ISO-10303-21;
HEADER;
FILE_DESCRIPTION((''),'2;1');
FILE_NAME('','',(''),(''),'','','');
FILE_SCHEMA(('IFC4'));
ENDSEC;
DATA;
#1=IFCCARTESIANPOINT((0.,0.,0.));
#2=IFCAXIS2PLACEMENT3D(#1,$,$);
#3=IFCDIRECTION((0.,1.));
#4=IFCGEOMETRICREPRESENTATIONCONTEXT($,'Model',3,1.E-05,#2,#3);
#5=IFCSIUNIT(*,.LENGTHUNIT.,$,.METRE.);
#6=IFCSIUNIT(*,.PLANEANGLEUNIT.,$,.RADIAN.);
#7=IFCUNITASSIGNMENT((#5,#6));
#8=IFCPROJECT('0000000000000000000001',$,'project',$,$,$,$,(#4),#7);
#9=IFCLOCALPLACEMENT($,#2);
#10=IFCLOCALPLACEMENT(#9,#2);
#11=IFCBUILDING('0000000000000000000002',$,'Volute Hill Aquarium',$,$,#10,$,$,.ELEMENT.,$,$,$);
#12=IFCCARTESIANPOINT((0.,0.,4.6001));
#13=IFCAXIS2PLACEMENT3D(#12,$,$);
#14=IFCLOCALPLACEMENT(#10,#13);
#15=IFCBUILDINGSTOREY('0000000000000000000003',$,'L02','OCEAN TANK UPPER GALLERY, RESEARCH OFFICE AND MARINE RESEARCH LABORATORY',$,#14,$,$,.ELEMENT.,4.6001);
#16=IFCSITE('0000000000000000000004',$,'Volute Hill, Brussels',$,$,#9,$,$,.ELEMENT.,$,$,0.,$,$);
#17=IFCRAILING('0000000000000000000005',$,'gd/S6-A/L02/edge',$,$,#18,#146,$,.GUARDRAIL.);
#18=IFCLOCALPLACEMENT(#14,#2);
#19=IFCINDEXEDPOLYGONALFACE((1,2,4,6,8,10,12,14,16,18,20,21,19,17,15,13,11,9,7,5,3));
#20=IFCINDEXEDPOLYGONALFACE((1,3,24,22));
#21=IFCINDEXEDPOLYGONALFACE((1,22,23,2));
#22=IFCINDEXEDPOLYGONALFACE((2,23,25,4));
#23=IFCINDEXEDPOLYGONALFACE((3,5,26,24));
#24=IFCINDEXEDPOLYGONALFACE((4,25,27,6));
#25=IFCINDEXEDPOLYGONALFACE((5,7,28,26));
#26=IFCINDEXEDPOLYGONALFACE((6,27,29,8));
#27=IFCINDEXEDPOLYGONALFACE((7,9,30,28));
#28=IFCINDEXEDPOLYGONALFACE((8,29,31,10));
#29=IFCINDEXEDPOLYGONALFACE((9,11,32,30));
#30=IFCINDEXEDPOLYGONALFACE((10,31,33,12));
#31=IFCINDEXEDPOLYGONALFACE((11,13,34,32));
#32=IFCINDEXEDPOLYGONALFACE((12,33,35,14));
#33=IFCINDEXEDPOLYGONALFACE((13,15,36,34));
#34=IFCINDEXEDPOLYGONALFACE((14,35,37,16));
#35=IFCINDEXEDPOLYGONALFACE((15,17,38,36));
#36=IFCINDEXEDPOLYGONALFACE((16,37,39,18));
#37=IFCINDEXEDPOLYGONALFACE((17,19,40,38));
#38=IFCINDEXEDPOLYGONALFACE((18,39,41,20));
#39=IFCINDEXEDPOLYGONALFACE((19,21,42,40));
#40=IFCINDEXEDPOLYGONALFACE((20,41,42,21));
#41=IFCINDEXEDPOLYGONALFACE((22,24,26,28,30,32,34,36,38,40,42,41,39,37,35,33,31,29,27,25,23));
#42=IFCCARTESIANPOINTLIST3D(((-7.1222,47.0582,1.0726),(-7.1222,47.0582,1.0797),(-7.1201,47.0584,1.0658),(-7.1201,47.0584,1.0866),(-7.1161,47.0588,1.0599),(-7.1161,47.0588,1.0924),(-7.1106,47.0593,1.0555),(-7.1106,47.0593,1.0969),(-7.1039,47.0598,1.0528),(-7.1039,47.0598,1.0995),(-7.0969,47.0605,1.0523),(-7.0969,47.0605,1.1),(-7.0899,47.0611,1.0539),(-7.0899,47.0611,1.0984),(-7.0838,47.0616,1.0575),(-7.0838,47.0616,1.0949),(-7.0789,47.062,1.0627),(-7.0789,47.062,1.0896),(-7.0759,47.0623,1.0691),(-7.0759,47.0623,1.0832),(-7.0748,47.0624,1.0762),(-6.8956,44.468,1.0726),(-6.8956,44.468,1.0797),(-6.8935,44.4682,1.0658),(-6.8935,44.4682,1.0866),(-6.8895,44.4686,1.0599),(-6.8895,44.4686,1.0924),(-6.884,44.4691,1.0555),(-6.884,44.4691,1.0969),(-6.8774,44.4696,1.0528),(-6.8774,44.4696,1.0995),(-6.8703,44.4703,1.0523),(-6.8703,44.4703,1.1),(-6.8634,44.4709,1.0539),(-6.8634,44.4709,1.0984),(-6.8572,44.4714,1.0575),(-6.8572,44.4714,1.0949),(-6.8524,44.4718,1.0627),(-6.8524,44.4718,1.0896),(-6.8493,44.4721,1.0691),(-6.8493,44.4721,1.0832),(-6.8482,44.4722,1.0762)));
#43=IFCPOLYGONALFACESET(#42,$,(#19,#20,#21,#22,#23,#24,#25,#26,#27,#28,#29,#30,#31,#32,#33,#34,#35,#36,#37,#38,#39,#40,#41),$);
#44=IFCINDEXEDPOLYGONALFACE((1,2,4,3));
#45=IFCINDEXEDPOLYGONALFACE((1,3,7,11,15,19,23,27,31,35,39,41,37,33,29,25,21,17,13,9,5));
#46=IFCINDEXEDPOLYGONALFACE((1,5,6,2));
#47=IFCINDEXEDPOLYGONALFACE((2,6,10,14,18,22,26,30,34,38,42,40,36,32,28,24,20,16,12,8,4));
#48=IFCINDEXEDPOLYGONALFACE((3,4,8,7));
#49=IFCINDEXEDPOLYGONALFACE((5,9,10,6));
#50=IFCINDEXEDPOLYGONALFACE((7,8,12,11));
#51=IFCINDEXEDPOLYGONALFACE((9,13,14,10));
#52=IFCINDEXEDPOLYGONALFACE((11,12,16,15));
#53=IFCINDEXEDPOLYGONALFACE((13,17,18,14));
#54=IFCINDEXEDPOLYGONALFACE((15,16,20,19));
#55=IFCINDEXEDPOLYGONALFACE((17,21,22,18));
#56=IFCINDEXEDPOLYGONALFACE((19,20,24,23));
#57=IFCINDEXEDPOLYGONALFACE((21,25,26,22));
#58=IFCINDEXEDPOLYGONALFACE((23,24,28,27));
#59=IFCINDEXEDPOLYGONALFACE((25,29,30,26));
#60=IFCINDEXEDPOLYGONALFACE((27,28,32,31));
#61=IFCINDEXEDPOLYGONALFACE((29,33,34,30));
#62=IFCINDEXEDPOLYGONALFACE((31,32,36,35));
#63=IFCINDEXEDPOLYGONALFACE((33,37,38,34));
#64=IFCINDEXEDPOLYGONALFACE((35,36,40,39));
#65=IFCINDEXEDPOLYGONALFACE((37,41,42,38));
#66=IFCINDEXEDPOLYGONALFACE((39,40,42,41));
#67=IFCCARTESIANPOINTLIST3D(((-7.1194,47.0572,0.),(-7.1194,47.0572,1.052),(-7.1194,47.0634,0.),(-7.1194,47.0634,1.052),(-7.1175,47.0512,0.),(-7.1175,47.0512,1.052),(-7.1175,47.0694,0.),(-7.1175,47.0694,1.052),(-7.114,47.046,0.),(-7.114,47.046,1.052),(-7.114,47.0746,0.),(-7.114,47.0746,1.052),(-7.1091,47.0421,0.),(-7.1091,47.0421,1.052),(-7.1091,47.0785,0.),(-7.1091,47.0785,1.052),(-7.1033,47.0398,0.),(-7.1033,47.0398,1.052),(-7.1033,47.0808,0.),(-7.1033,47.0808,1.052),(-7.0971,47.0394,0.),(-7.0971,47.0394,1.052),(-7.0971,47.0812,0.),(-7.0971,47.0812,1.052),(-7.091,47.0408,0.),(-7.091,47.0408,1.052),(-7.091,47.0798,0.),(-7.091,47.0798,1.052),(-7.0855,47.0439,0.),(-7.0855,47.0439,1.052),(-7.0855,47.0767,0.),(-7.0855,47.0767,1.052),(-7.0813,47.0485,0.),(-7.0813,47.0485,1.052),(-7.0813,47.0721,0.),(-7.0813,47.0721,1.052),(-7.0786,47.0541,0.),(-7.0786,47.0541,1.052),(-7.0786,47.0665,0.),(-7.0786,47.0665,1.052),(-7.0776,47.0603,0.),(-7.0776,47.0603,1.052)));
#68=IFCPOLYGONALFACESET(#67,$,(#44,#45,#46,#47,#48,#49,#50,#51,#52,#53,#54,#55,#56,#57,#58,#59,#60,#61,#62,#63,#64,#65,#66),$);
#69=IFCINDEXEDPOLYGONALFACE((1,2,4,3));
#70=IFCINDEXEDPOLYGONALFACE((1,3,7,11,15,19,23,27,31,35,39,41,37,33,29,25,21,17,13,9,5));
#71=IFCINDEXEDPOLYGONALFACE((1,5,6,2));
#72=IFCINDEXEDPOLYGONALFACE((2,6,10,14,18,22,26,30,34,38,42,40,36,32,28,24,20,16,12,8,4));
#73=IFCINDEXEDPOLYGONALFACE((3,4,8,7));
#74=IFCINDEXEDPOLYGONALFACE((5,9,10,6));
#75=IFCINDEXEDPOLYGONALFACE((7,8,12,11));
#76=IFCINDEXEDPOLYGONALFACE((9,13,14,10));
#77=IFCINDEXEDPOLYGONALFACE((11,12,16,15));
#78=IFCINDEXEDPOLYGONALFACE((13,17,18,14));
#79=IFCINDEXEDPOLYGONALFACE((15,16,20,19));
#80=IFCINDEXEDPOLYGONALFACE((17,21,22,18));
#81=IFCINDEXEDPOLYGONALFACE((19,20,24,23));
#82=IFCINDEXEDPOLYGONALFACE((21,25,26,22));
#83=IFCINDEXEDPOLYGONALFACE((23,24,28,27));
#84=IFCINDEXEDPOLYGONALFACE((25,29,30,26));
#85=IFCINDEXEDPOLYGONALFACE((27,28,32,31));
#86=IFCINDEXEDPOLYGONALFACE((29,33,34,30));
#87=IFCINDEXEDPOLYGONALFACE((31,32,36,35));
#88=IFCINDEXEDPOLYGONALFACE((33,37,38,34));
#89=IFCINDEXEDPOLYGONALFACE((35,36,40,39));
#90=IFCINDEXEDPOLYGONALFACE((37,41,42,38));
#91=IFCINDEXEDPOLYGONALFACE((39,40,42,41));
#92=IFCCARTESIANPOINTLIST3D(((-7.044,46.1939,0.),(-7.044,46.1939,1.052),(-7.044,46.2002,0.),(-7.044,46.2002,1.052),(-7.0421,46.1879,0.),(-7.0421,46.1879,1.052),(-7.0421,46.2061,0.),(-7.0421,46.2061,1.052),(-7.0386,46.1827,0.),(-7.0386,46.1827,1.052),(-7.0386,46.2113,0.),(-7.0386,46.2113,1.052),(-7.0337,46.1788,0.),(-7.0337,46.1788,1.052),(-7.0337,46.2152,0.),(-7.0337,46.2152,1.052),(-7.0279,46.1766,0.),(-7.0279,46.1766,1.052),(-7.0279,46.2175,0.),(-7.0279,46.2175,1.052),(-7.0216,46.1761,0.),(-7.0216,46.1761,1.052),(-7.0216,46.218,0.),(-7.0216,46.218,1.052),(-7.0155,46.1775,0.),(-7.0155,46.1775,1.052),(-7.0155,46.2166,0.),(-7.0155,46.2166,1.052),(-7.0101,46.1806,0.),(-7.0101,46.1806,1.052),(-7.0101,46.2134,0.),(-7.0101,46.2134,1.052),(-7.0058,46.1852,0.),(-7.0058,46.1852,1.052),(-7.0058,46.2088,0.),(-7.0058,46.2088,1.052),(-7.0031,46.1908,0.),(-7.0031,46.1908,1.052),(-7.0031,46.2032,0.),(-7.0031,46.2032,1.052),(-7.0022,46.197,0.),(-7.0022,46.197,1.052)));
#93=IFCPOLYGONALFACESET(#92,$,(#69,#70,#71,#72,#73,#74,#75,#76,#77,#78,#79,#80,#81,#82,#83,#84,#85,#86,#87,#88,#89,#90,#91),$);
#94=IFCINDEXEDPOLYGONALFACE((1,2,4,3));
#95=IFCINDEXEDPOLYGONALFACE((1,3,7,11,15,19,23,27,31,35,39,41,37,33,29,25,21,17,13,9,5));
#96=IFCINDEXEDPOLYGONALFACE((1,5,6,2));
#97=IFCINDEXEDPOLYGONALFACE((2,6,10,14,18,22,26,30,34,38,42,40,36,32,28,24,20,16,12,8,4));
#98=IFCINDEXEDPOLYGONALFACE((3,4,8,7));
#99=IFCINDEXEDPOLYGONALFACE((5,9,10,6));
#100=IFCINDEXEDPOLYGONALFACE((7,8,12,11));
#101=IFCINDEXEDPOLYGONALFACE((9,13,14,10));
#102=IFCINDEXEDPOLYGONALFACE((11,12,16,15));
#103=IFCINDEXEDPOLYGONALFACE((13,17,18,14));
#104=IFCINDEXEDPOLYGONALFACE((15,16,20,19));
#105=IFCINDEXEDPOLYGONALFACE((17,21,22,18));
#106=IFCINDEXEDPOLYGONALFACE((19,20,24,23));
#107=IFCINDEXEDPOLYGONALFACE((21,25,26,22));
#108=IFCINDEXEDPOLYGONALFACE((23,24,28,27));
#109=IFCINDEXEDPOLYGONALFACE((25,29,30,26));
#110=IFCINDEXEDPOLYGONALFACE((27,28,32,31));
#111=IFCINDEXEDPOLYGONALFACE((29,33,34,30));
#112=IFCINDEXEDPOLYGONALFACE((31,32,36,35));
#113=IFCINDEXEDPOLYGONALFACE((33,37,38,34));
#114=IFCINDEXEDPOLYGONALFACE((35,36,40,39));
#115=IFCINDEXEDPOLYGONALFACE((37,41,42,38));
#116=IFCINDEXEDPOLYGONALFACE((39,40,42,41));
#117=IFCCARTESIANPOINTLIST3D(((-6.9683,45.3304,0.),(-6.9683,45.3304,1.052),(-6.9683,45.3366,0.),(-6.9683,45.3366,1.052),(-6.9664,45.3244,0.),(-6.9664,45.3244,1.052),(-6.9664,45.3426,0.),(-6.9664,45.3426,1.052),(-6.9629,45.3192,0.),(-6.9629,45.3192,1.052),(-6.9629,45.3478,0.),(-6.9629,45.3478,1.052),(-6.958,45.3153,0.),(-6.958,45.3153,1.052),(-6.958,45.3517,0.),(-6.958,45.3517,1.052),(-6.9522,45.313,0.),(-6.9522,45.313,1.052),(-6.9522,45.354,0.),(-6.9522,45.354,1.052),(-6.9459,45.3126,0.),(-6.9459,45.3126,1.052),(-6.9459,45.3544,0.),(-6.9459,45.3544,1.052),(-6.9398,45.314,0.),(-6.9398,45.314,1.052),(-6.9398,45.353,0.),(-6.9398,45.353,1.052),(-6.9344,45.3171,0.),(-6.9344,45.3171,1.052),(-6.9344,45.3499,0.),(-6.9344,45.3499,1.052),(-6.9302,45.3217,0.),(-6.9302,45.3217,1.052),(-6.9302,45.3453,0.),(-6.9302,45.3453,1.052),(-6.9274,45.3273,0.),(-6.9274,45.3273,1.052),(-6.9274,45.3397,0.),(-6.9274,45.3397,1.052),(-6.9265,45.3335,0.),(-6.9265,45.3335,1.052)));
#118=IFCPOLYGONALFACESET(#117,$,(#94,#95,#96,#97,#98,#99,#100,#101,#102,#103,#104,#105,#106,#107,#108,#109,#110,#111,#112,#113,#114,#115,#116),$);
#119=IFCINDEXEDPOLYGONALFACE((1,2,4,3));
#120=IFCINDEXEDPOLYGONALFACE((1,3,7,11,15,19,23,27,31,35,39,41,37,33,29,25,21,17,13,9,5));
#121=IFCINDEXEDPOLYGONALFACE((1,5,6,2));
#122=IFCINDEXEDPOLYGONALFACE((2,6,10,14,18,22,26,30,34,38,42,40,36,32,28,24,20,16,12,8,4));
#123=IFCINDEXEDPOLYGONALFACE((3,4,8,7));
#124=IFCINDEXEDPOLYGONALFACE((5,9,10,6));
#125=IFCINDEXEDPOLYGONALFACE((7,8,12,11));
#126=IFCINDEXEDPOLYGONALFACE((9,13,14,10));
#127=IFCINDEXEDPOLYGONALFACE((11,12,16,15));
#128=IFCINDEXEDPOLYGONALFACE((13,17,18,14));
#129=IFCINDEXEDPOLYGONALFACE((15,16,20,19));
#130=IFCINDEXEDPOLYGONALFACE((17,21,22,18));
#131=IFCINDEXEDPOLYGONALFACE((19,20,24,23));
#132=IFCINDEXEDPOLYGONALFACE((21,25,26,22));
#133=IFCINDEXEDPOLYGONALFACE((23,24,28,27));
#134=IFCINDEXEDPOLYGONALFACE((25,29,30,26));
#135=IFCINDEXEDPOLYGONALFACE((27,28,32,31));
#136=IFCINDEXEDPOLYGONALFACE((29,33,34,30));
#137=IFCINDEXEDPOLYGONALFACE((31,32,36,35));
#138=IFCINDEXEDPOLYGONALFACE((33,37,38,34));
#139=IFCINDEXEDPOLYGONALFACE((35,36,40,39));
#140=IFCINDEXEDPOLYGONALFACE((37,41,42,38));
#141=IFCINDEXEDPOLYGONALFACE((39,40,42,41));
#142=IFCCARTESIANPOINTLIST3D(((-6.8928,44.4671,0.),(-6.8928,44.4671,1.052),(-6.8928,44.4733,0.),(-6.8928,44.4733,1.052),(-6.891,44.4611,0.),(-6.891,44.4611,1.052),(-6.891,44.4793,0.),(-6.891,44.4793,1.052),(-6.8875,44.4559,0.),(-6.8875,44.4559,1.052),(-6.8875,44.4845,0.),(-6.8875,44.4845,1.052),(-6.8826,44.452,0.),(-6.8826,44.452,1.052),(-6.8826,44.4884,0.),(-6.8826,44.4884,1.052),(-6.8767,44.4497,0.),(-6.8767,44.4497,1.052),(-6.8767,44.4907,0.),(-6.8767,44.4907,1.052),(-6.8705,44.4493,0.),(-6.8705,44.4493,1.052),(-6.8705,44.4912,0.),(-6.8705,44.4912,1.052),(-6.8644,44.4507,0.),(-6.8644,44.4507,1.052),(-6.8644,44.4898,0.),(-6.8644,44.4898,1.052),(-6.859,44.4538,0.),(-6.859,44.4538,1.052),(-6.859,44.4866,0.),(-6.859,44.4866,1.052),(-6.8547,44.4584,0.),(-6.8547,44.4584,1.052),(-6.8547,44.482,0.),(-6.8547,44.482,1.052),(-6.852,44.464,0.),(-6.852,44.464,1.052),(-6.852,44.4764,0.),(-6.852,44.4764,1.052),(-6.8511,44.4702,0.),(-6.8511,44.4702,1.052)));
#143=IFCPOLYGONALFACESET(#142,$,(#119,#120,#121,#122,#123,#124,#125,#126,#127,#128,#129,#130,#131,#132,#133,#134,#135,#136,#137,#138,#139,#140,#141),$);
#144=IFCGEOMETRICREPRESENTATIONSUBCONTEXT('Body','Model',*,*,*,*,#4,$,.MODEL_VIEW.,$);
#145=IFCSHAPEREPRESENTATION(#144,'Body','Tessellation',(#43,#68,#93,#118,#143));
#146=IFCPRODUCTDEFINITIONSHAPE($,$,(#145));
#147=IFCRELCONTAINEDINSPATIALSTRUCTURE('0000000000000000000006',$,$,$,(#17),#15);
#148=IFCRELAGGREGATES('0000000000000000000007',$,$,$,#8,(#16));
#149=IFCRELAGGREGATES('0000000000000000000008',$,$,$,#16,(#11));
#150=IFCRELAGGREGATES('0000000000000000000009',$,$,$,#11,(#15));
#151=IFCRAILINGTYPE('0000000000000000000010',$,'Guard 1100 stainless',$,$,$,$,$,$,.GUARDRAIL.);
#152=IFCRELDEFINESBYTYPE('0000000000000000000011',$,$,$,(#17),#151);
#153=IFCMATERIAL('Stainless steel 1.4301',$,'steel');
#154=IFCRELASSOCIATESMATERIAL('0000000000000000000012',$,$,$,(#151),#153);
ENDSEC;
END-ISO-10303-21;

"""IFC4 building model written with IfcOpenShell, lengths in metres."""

from ifc_helpers import new_model, si_unit, direction, frame, origin, origin_2d, place, context, subcontext, project, spatial, circle, extrude, material, type_object, element, save


model = new_model("IFC4")

# Units and contexts
model_context = context("Model", 3, precision=1e-05, world=origin(), true_north=direction((0.0, 1.0)))
body_context = subcontext(model_context, "Body", "Model", "MODEL_VIEW")
ifc_project = project(units=[si_unit("LENGTHUNIT", "METRE"), si_unit("PLANEANGLEUNIT", "RADIAN")], contexts=[model_context])

# Site, building, storey
site_placement = place(None, origin())
site = spatial("IfcSite", under=ifc_project, at=site_placement, Name="Volute Hill, Brussels", CompositionType="ELEMENT", RefElevation=0.0)
building_placement = place(site_placement, origin())
building = spatial("IfcBuilding", under=site, at=building_placement, Name="Volute Hill Aquarium", CompositionType="ELEMENT")
storey_placement = place(building_placement, frame((0.0, 0.0, 4.6001)))
storey = spatial("IfcBuildingStorey", under=building, at=storey_placement, Name="L02", Description="OCEAN TANK UPPER GALLERY, RESEARCH OFFICE AND MARINE RESEARCH LABORATORY", CompositionType="ELEMENT", Elevation=4.6001)

# Railing
ifc_material_1 = material(Name="Stainless steel 1.4301", Category="steel")
railing_type_1 = type_object("IfcRailingType", Name="Guard 1100 stainless", PredefinedType="GUARDRAIL", material=ifc_material_1)
railing_1_placement = place(storey_placement, frame((-7.0986, 47.0603, 0.0)))
element("IfcRailing", 1, at=railing_1_placement, inside=storey, type_object=railing_type_1, Name="gd/S6-A/L02/edge", PredefinedType="GUARDRAIL", context=body_context, shape_type="SweptSolid", body=[
    extrude(circle(Radius=0.0239, at=origin_2d()), frame((0.0, 0.0, 1.0762), z_axis=(0.08714, -0.996196, 0.0), x_axis=(0.996196, 0.08714, 0.0)), (0.0, 0.0, 1.0), 2.6001),
    extrude(circle(Radius=0.021, at=origin_2d()), origin(), (0.0, 0.0, 1.0), 1.052),
    extrude(circle(Radius=0.021, at=origin_2d()), frame((0.0754, -0.8633, 0.0)), (0.0, 0.0, 1.0), 1.052),
    extrude(circle(Radius=0.021, at=origin_2d()), frame((0.1511, -1.7268, 0.0)), (0.0, 0.0, 1.0), 1.052),
    extrude(circle(Radius=0.021, at=origin_2d()), frame((0.2266, -2.5901, 0.0)), (0.0, 0.0, 1.0), 1.052),
])

save(model, "model.ifc")
